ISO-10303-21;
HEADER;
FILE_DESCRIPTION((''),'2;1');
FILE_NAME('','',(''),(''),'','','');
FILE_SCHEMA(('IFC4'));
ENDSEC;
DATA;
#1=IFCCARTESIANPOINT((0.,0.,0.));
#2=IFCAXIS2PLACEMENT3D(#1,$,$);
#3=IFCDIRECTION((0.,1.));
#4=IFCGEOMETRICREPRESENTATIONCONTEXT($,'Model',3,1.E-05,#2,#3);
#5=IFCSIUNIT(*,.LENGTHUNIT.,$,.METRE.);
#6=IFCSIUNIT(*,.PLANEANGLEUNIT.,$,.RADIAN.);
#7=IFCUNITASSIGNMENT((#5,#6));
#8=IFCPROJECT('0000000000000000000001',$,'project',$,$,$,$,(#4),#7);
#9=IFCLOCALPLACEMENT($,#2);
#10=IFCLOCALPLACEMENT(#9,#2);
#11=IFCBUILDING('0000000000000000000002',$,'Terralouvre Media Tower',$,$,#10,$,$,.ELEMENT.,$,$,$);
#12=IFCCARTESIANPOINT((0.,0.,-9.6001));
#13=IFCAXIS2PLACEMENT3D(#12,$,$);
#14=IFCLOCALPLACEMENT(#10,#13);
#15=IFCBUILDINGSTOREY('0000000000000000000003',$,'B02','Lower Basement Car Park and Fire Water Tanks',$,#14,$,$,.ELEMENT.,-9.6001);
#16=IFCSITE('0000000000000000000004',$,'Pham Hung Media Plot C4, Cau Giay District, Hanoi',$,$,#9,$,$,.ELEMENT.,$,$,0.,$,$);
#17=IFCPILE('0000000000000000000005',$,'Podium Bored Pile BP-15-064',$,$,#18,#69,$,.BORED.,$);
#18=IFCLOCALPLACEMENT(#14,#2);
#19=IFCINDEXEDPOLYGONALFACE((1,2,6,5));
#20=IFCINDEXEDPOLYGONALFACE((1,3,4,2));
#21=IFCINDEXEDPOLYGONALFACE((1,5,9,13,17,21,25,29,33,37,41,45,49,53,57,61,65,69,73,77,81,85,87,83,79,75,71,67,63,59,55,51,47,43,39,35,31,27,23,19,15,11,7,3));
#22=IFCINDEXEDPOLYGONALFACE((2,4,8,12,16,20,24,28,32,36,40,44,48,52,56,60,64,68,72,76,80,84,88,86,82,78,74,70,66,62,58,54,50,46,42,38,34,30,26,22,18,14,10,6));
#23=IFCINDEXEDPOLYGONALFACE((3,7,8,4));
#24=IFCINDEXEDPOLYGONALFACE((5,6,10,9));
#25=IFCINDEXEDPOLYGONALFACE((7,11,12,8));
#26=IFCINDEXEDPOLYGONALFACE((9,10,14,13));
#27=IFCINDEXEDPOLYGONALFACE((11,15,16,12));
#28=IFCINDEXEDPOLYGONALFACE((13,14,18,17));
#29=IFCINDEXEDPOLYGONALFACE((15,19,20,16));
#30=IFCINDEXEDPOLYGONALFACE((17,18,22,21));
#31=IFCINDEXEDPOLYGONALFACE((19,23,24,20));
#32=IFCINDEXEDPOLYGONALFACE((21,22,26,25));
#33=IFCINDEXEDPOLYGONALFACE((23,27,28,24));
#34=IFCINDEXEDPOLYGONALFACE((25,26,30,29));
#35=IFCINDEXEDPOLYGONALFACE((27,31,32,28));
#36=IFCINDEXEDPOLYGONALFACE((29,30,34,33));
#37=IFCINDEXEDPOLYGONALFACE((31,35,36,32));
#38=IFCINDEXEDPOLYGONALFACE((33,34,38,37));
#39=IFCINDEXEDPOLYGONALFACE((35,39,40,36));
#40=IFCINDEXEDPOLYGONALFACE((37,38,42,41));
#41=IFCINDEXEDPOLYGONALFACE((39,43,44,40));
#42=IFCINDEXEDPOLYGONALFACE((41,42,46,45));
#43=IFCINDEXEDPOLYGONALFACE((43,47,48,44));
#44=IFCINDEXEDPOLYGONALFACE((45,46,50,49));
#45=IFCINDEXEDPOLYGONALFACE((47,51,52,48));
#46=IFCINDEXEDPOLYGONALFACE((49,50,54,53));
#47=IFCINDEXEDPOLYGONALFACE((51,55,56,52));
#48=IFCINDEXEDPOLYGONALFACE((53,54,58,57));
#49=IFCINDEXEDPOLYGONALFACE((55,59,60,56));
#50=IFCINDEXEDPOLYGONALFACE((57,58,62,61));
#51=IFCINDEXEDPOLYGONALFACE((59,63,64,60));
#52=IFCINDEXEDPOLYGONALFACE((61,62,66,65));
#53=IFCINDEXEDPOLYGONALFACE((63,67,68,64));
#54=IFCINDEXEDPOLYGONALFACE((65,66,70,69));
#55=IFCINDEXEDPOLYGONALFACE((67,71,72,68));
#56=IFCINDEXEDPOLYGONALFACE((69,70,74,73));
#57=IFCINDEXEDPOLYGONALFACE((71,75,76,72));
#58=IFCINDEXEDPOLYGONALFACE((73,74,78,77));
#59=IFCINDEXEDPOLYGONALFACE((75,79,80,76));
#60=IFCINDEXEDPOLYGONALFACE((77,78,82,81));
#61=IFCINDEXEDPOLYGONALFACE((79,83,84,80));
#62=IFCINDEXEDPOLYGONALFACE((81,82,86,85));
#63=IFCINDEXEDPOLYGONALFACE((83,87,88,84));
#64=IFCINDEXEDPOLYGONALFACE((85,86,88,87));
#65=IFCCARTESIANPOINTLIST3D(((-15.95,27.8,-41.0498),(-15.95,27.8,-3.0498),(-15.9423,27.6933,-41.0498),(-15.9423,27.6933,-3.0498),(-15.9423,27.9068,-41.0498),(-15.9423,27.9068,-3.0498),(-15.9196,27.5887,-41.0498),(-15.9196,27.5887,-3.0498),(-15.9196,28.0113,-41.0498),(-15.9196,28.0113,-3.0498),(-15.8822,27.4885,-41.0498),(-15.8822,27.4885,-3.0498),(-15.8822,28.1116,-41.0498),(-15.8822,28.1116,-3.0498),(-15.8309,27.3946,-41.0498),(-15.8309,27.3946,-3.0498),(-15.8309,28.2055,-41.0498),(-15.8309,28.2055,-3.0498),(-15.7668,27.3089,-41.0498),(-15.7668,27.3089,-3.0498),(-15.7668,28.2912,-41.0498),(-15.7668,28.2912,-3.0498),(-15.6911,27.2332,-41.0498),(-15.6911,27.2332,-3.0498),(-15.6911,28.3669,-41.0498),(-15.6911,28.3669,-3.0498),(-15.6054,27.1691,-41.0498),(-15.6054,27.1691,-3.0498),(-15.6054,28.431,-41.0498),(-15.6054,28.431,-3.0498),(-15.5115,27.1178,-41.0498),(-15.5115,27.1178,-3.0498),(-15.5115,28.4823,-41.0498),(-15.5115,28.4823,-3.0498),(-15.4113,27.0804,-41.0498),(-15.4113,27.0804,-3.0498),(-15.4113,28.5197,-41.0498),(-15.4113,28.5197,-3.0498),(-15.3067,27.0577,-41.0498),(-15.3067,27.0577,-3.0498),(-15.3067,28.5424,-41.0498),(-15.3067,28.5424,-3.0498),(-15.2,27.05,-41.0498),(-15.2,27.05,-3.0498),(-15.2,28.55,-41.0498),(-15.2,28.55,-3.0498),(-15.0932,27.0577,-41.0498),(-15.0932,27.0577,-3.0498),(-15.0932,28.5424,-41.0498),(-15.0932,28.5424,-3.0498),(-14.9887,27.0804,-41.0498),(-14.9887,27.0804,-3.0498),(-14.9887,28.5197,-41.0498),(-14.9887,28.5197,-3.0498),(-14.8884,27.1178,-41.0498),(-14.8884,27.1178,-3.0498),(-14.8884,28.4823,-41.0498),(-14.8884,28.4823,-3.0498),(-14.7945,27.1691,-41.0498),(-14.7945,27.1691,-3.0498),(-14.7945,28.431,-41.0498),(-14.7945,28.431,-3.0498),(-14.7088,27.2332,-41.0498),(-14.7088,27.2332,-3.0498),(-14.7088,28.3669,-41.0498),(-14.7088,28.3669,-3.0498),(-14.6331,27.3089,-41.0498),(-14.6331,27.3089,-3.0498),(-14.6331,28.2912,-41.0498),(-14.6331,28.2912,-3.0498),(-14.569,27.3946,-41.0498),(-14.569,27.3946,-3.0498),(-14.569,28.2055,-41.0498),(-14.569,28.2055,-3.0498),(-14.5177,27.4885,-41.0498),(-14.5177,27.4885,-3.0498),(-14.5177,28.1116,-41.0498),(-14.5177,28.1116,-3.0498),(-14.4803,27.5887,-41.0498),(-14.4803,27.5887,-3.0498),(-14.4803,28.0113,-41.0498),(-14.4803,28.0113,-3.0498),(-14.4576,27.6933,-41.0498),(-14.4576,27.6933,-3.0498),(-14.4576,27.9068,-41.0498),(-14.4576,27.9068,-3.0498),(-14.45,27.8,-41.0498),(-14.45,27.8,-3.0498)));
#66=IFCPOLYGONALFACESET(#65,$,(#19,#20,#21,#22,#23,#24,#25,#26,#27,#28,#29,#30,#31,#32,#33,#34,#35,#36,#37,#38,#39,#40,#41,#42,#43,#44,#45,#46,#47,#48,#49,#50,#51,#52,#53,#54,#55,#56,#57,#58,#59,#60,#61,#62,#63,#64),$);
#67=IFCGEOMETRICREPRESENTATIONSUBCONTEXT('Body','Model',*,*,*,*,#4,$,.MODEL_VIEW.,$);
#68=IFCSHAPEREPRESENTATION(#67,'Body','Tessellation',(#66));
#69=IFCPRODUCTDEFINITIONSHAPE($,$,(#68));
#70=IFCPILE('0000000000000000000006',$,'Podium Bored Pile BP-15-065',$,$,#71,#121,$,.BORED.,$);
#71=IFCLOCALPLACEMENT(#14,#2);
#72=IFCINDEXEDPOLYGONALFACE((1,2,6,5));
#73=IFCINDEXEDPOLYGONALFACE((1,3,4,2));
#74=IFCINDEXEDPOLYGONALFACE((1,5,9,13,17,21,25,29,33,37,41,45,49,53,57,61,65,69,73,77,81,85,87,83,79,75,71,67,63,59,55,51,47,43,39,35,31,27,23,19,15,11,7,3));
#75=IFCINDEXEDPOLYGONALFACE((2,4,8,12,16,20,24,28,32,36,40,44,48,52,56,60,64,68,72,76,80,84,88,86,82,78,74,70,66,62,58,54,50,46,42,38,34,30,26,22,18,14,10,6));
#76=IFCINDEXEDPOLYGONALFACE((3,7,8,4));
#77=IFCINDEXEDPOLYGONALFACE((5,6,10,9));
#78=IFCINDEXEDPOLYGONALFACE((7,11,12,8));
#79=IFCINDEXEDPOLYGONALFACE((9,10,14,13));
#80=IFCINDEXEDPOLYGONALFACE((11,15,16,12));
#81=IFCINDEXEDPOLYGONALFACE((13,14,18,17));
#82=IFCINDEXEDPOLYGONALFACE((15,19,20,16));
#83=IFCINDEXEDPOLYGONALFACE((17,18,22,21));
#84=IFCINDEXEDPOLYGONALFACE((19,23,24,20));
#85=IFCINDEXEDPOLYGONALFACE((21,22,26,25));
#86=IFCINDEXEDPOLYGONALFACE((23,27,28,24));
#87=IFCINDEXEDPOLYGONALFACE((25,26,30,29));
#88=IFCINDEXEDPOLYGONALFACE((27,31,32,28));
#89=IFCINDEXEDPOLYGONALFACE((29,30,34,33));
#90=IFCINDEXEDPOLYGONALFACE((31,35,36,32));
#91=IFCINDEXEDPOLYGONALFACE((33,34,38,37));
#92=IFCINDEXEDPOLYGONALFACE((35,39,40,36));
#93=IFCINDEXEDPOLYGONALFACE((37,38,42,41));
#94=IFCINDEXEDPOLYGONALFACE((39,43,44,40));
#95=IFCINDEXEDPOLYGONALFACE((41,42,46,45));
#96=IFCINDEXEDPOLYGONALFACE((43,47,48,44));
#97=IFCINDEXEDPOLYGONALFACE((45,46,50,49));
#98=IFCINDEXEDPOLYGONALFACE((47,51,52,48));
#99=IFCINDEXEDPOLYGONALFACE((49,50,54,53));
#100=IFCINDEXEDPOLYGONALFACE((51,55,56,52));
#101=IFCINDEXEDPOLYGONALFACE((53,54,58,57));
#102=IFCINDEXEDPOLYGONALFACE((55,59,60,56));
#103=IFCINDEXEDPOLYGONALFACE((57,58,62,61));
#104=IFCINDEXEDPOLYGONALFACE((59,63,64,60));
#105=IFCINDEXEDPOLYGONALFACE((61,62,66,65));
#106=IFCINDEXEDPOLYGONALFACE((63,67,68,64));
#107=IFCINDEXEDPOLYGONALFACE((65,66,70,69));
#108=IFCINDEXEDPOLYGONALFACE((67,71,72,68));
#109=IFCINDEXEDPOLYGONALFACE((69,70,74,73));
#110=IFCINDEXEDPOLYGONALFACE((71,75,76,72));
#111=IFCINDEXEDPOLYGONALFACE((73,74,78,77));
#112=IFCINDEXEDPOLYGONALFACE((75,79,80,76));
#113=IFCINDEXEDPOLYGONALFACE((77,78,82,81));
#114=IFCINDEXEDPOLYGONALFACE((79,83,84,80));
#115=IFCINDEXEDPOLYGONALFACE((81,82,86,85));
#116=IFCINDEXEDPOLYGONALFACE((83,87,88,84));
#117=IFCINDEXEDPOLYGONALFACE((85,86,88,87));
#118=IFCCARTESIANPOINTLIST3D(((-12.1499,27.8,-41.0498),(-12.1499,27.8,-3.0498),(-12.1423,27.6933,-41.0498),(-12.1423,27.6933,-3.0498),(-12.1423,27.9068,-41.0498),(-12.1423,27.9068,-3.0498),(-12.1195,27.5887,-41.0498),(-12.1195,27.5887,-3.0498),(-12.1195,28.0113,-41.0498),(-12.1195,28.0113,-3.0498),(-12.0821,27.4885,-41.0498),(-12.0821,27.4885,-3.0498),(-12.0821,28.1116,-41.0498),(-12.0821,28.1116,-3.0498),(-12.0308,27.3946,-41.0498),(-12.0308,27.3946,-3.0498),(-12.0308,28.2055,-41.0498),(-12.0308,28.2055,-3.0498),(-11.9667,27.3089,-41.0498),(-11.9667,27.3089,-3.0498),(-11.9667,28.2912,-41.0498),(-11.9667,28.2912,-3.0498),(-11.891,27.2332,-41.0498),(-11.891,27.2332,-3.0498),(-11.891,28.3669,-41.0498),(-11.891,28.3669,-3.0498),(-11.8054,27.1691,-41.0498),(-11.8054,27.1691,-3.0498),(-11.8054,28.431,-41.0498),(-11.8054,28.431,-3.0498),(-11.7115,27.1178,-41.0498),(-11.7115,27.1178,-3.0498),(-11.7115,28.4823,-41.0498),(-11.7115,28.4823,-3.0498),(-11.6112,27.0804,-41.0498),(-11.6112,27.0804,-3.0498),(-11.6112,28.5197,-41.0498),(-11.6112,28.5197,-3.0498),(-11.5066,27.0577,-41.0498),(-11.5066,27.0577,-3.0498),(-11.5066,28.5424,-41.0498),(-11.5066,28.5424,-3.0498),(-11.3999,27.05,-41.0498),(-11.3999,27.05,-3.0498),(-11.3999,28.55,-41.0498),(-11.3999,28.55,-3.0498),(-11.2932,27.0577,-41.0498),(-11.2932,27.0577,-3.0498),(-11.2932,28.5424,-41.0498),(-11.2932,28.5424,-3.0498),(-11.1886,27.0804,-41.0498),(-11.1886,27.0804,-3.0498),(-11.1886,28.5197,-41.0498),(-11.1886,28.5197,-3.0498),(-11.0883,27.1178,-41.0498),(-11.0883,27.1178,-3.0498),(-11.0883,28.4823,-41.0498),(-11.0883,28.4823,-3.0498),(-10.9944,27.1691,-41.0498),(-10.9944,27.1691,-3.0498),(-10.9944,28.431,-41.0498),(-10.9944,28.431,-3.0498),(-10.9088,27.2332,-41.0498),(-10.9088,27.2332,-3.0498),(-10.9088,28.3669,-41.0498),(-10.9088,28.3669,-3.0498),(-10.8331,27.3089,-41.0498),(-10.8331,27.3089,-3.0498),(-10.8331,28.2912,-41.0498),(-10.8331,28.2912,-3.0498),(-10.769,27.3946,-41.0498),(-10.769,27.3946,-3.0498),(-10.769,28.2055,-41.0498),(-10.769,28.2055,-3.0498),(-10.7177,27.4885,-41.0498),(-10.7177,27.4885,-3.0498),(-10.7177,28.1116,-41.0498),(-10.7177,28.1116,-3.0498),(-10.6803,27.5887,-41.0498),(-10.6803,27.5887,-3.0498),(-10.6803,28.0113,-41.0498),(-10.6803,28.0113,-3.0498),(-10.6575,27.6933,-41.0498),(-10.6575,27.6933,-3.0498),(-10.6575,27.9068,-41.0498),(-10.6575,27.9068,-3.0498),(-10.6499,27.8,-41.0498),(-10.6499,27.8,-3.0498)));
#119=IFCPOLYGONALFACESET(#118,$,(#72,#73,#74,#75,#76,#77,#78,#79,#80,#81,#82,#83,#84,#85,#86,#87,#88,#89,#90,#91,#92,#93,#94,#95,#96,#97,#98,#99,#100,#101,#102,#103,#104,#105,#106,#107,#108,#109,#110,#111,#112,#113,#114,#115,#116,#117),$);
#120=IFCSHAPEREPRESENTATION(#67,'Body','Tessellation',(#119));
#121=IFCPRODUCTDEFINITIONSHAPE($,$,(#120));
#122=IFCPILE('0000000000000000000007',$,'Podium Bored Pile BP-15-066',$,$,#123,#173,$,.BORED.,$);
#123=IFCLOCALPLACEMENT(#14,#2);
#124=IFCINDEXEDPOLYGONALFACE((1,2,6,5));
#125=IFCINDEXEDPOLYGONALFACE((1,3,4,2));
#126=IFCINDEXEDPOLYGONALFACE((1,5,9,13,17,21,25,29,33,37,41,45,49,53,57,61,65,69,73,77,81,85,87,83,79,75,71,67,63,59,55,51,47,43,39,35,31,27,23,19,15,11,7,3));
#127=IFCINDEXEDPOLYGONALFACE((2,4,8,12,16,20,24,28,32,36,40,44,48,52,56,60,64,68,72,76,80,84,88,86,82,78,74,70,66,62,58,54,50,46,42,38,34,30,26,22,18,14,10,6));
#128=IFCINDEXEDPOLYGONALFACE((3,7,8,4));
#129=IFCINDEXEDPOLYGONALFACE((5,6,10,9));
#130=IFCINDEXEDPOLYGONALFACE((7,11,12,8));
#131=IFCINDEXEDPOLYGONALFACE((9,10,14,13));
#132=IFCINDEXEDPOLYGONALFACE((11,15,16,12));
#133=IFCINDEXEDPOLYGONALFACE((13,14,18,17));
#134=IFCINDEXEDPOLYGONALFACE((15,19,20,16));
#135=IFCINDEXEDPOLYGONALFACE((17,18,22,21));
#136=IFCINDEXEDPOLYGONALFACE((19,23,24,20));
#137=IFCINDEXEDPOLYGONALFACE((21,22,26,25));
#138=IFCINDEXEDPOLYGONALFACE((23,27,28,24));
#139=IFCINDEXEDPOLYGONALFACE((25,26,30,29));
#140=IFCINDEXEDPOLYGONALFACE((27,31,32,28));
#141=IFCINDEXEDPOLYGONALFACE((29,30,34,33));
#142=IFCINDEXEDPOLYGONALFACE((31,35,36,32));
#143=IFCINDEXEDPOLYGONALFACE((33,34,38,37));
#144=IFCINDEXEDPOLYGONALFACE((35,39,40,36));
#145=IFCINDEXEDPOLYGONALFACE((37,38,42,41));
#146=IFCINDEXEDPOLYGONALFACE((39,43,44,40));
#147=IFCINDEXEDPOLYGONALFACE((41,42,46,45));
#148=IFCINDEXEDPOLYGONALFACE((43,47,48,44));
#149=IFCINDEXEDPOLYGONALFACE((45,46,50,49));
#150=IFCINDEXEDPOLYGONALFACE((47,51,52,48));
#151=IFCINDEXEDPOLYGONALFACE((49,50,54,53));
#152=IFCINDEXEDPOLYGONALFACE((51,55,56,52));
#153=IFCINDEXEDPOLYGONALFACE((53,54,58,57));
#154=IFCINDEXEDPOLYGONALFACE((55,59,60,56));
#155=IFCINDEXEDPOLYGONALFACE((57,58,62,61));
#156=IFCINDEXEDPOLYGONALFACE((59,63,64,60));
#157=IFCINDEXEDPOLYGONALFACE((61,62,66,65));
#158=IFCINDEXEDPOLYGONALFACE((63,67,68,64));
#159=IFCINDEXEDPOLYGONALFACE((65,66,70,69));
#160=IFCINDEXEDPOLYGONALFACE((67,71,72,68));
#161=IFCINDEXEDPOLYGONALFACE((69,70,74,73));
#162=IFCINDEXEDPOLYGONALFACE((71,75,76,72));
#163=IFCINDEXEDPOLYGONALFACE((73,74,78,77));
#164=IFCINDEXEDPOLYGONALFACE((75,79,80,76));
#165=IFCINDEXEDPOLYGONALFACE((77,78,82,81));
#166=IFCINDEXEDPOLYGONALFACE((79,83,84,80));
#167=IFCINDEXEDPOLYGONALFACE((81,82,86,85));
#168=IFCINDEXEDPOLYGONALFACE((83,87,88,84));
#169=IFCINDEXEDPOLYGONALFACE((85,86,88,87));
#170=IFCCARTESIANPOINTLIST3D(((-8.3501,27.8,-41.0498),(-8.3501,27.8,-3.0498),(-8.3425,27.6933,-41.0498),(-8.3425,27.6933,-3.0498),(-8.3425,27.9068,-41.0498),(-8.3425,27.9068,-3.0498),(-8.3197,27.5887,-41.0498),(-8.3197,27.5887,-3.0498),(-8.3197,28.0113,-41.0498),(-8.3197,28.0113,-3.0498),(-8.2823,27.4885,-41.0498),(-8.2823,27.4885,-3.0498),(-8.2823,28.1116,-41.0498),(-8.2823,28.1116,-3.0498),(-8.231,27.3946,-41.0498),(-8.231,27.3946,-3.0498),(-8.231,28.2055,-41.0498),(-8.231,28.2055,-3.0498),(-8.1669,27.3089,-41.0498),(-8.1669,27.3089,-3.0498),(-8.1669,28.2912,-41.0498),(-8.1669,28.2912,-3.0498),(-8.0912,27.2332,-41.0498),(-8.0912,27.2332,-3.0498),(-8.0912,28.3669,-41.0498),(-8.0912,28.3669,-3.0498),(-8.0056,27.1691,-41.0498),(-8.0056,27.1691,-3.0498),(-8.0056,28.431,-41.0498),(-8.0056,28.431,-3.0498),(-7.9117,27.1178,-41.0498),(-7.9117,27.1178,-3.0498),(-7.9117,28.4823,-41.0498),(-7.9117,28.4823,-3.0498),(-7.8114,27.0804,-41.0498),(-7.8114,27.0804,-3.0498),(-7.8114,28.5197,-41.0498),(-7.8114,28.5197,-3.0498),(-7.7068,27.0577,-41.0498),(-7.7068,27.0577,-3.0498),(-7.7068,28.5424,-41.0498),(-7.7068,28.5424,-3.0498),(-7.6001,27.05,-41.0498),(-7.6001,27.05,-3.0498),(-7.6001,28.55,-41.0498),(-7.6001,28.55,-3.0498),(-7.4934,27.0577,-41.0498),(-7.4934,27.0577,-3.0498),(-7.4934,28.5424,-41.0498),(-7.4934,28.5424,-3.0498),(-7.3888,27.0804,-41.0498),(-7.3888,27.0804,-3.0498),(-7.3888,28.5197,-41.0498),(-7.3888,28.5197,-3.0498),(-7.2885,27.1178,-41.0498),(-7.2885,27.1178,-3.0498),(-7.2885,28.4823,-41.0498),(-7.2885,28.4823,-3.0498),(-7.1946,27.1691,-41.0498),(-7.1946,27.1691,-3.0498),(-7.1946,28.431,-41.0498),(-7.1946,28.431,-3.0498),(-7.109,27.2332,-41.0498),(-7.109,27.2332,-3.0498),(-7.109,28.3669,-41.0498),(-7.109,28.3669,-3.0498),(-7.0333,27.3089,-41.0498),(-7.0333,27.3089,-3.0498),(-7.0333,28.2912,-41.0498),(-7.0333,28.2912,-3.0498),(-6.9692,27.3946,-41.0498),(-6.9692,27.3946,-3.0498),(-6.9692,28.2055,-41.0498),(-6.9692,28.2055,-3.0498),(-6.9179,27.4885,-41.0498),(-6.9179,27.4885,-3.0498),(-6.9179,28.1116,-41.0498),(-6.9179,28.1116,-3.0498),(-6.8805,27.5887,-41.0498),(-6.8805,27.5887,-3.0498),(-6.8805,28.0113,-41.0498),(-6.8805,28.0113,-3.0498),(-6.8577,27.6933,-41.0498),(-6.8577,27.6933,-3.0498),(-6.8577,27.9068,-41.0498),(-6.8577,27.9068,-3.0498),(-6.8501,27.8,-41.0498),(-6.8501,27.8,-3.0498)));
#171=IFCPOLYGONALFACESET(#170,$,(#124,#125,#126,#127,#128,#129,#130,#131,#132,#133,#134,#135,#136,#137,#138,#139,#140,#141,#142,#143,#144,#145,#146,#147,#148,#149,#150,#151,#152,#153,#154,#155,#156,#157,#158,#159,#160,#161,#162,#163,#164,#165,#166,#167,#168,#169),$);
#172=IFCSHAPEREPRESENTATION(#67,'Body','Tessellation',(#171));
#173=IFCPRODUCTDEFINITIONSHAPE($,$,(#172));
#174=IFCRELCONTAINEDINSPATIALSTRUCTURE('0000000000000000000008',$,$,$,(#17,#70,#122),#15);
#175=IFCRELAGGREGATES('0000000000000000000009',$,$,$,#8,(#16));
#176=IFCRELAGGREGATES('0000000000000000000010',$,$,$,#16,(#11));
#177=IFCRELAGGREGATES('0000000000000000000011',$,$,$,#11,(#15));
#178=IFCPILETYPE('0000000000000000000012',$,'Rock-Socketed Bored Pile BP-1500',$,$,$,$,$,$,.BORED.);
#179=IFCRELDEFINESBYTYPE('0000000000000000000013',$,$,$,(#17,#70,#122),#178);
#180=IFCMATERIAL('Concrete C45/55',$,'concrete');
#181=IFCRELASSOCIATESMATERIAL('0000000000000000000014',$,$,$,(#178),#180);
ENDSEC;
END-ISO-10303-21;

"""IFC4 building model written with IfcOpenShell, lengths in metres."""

from ifc_helpers import new_model, si_unit, direction, frame, origin, origin_2d, place, context, subcontext, project, spatial, circle, extrude, material, material_profile, profile_set, type_object, element, save


model = new_model("IFC4")

# Units and contexts
model_context = context("Model", 3, precision=1e-05, world=origin(), true_north=direction((0.0, 1.0)))
body_context = subcontext(model_context, "Body", "Model", "MODEL_VIEW")
ifc_project = project(units=[si_unit("LENGTHUNIT", "METRE"), si_unit("PLANEANGLEUNIT", "RADIAN")], contexts=[model_context])

# Site, building, storey
site_placement = place(None, origin())
site = spatial("IfcSite", under=ifc_project, at=site_placement, Name="Pham Hung Media Plot C4, Cau Giay District, Hanoi", CompositionType="ELEMENT", RefElevation=0.0)
building_placement = place(site_placement, origin())
building = spatial("IfcBuilding", under=site, at=building_placement, Name="Terralouvre Media Tower", CompositionType="ELEMENT")
storey_placement = place(building_placement, frame((0.0, 0.0, -9.6001)))
storey = spatial("IfcBuildingStorey", under=building, at=storey_placement, Name="B02", Description="Lower Basement Car Park and Fire Water Tanks", CompositionType="ELEMENT", Elevation=-9.6001)

# Piles
ifc_material_1 = material(Name="Concrete C45/55", Category="concrete")
ifc_material_profile_1 = material_profile(ifc_material_1, circle(Radius=0.75, at=origin_2d()), Name="BORED PILE 1500")
ifc_profile_set_1 = profile_set([ifc_material_profile_1], Name="Concrete C45/55")
pile_type_1 = type_object("IfcPileType", Name="Rock-Socketed Bored Pile BP-1500", PredefinedType="BORED", material=ifc_profile_set_1)
for number, where, z_axis, x_axis, name in (
    (1, (-15.2, 27.8, -3.0498), (0.0, 0.0, -1.0), (1.0, 0.0, 0.0), "Podium Bored Pile BP-15-064"),
    (2, (-11.3999, 27.8, -3.0498), (0.0, 0.0, -1.0), (1.0, 0.0, 0.0), "Podium Bored Pile BP-15-065"),
    (3, (-7.6001, 27.8, -3.0498), (0.0, 0.0, -1.0), (1.0, 0.0, 0.0), "Podium Bored Pile BP-15-066"),
):
    element("IfcPile", number, at=place(storey_placement, frame(where, z_axis=z_axis, x_axis=x_axis)), inside=storey, type_object=pile_type_1, Name=name, PredefinedType="BORED", context=body_context, shape_type="SweptSolid", body=[
        extrude(circle(Radius=0.75, at=origin_2d()), origin(), (0.0, 0.0, 1.0), 38.0),
    ])

save(model, "model.ifc")
